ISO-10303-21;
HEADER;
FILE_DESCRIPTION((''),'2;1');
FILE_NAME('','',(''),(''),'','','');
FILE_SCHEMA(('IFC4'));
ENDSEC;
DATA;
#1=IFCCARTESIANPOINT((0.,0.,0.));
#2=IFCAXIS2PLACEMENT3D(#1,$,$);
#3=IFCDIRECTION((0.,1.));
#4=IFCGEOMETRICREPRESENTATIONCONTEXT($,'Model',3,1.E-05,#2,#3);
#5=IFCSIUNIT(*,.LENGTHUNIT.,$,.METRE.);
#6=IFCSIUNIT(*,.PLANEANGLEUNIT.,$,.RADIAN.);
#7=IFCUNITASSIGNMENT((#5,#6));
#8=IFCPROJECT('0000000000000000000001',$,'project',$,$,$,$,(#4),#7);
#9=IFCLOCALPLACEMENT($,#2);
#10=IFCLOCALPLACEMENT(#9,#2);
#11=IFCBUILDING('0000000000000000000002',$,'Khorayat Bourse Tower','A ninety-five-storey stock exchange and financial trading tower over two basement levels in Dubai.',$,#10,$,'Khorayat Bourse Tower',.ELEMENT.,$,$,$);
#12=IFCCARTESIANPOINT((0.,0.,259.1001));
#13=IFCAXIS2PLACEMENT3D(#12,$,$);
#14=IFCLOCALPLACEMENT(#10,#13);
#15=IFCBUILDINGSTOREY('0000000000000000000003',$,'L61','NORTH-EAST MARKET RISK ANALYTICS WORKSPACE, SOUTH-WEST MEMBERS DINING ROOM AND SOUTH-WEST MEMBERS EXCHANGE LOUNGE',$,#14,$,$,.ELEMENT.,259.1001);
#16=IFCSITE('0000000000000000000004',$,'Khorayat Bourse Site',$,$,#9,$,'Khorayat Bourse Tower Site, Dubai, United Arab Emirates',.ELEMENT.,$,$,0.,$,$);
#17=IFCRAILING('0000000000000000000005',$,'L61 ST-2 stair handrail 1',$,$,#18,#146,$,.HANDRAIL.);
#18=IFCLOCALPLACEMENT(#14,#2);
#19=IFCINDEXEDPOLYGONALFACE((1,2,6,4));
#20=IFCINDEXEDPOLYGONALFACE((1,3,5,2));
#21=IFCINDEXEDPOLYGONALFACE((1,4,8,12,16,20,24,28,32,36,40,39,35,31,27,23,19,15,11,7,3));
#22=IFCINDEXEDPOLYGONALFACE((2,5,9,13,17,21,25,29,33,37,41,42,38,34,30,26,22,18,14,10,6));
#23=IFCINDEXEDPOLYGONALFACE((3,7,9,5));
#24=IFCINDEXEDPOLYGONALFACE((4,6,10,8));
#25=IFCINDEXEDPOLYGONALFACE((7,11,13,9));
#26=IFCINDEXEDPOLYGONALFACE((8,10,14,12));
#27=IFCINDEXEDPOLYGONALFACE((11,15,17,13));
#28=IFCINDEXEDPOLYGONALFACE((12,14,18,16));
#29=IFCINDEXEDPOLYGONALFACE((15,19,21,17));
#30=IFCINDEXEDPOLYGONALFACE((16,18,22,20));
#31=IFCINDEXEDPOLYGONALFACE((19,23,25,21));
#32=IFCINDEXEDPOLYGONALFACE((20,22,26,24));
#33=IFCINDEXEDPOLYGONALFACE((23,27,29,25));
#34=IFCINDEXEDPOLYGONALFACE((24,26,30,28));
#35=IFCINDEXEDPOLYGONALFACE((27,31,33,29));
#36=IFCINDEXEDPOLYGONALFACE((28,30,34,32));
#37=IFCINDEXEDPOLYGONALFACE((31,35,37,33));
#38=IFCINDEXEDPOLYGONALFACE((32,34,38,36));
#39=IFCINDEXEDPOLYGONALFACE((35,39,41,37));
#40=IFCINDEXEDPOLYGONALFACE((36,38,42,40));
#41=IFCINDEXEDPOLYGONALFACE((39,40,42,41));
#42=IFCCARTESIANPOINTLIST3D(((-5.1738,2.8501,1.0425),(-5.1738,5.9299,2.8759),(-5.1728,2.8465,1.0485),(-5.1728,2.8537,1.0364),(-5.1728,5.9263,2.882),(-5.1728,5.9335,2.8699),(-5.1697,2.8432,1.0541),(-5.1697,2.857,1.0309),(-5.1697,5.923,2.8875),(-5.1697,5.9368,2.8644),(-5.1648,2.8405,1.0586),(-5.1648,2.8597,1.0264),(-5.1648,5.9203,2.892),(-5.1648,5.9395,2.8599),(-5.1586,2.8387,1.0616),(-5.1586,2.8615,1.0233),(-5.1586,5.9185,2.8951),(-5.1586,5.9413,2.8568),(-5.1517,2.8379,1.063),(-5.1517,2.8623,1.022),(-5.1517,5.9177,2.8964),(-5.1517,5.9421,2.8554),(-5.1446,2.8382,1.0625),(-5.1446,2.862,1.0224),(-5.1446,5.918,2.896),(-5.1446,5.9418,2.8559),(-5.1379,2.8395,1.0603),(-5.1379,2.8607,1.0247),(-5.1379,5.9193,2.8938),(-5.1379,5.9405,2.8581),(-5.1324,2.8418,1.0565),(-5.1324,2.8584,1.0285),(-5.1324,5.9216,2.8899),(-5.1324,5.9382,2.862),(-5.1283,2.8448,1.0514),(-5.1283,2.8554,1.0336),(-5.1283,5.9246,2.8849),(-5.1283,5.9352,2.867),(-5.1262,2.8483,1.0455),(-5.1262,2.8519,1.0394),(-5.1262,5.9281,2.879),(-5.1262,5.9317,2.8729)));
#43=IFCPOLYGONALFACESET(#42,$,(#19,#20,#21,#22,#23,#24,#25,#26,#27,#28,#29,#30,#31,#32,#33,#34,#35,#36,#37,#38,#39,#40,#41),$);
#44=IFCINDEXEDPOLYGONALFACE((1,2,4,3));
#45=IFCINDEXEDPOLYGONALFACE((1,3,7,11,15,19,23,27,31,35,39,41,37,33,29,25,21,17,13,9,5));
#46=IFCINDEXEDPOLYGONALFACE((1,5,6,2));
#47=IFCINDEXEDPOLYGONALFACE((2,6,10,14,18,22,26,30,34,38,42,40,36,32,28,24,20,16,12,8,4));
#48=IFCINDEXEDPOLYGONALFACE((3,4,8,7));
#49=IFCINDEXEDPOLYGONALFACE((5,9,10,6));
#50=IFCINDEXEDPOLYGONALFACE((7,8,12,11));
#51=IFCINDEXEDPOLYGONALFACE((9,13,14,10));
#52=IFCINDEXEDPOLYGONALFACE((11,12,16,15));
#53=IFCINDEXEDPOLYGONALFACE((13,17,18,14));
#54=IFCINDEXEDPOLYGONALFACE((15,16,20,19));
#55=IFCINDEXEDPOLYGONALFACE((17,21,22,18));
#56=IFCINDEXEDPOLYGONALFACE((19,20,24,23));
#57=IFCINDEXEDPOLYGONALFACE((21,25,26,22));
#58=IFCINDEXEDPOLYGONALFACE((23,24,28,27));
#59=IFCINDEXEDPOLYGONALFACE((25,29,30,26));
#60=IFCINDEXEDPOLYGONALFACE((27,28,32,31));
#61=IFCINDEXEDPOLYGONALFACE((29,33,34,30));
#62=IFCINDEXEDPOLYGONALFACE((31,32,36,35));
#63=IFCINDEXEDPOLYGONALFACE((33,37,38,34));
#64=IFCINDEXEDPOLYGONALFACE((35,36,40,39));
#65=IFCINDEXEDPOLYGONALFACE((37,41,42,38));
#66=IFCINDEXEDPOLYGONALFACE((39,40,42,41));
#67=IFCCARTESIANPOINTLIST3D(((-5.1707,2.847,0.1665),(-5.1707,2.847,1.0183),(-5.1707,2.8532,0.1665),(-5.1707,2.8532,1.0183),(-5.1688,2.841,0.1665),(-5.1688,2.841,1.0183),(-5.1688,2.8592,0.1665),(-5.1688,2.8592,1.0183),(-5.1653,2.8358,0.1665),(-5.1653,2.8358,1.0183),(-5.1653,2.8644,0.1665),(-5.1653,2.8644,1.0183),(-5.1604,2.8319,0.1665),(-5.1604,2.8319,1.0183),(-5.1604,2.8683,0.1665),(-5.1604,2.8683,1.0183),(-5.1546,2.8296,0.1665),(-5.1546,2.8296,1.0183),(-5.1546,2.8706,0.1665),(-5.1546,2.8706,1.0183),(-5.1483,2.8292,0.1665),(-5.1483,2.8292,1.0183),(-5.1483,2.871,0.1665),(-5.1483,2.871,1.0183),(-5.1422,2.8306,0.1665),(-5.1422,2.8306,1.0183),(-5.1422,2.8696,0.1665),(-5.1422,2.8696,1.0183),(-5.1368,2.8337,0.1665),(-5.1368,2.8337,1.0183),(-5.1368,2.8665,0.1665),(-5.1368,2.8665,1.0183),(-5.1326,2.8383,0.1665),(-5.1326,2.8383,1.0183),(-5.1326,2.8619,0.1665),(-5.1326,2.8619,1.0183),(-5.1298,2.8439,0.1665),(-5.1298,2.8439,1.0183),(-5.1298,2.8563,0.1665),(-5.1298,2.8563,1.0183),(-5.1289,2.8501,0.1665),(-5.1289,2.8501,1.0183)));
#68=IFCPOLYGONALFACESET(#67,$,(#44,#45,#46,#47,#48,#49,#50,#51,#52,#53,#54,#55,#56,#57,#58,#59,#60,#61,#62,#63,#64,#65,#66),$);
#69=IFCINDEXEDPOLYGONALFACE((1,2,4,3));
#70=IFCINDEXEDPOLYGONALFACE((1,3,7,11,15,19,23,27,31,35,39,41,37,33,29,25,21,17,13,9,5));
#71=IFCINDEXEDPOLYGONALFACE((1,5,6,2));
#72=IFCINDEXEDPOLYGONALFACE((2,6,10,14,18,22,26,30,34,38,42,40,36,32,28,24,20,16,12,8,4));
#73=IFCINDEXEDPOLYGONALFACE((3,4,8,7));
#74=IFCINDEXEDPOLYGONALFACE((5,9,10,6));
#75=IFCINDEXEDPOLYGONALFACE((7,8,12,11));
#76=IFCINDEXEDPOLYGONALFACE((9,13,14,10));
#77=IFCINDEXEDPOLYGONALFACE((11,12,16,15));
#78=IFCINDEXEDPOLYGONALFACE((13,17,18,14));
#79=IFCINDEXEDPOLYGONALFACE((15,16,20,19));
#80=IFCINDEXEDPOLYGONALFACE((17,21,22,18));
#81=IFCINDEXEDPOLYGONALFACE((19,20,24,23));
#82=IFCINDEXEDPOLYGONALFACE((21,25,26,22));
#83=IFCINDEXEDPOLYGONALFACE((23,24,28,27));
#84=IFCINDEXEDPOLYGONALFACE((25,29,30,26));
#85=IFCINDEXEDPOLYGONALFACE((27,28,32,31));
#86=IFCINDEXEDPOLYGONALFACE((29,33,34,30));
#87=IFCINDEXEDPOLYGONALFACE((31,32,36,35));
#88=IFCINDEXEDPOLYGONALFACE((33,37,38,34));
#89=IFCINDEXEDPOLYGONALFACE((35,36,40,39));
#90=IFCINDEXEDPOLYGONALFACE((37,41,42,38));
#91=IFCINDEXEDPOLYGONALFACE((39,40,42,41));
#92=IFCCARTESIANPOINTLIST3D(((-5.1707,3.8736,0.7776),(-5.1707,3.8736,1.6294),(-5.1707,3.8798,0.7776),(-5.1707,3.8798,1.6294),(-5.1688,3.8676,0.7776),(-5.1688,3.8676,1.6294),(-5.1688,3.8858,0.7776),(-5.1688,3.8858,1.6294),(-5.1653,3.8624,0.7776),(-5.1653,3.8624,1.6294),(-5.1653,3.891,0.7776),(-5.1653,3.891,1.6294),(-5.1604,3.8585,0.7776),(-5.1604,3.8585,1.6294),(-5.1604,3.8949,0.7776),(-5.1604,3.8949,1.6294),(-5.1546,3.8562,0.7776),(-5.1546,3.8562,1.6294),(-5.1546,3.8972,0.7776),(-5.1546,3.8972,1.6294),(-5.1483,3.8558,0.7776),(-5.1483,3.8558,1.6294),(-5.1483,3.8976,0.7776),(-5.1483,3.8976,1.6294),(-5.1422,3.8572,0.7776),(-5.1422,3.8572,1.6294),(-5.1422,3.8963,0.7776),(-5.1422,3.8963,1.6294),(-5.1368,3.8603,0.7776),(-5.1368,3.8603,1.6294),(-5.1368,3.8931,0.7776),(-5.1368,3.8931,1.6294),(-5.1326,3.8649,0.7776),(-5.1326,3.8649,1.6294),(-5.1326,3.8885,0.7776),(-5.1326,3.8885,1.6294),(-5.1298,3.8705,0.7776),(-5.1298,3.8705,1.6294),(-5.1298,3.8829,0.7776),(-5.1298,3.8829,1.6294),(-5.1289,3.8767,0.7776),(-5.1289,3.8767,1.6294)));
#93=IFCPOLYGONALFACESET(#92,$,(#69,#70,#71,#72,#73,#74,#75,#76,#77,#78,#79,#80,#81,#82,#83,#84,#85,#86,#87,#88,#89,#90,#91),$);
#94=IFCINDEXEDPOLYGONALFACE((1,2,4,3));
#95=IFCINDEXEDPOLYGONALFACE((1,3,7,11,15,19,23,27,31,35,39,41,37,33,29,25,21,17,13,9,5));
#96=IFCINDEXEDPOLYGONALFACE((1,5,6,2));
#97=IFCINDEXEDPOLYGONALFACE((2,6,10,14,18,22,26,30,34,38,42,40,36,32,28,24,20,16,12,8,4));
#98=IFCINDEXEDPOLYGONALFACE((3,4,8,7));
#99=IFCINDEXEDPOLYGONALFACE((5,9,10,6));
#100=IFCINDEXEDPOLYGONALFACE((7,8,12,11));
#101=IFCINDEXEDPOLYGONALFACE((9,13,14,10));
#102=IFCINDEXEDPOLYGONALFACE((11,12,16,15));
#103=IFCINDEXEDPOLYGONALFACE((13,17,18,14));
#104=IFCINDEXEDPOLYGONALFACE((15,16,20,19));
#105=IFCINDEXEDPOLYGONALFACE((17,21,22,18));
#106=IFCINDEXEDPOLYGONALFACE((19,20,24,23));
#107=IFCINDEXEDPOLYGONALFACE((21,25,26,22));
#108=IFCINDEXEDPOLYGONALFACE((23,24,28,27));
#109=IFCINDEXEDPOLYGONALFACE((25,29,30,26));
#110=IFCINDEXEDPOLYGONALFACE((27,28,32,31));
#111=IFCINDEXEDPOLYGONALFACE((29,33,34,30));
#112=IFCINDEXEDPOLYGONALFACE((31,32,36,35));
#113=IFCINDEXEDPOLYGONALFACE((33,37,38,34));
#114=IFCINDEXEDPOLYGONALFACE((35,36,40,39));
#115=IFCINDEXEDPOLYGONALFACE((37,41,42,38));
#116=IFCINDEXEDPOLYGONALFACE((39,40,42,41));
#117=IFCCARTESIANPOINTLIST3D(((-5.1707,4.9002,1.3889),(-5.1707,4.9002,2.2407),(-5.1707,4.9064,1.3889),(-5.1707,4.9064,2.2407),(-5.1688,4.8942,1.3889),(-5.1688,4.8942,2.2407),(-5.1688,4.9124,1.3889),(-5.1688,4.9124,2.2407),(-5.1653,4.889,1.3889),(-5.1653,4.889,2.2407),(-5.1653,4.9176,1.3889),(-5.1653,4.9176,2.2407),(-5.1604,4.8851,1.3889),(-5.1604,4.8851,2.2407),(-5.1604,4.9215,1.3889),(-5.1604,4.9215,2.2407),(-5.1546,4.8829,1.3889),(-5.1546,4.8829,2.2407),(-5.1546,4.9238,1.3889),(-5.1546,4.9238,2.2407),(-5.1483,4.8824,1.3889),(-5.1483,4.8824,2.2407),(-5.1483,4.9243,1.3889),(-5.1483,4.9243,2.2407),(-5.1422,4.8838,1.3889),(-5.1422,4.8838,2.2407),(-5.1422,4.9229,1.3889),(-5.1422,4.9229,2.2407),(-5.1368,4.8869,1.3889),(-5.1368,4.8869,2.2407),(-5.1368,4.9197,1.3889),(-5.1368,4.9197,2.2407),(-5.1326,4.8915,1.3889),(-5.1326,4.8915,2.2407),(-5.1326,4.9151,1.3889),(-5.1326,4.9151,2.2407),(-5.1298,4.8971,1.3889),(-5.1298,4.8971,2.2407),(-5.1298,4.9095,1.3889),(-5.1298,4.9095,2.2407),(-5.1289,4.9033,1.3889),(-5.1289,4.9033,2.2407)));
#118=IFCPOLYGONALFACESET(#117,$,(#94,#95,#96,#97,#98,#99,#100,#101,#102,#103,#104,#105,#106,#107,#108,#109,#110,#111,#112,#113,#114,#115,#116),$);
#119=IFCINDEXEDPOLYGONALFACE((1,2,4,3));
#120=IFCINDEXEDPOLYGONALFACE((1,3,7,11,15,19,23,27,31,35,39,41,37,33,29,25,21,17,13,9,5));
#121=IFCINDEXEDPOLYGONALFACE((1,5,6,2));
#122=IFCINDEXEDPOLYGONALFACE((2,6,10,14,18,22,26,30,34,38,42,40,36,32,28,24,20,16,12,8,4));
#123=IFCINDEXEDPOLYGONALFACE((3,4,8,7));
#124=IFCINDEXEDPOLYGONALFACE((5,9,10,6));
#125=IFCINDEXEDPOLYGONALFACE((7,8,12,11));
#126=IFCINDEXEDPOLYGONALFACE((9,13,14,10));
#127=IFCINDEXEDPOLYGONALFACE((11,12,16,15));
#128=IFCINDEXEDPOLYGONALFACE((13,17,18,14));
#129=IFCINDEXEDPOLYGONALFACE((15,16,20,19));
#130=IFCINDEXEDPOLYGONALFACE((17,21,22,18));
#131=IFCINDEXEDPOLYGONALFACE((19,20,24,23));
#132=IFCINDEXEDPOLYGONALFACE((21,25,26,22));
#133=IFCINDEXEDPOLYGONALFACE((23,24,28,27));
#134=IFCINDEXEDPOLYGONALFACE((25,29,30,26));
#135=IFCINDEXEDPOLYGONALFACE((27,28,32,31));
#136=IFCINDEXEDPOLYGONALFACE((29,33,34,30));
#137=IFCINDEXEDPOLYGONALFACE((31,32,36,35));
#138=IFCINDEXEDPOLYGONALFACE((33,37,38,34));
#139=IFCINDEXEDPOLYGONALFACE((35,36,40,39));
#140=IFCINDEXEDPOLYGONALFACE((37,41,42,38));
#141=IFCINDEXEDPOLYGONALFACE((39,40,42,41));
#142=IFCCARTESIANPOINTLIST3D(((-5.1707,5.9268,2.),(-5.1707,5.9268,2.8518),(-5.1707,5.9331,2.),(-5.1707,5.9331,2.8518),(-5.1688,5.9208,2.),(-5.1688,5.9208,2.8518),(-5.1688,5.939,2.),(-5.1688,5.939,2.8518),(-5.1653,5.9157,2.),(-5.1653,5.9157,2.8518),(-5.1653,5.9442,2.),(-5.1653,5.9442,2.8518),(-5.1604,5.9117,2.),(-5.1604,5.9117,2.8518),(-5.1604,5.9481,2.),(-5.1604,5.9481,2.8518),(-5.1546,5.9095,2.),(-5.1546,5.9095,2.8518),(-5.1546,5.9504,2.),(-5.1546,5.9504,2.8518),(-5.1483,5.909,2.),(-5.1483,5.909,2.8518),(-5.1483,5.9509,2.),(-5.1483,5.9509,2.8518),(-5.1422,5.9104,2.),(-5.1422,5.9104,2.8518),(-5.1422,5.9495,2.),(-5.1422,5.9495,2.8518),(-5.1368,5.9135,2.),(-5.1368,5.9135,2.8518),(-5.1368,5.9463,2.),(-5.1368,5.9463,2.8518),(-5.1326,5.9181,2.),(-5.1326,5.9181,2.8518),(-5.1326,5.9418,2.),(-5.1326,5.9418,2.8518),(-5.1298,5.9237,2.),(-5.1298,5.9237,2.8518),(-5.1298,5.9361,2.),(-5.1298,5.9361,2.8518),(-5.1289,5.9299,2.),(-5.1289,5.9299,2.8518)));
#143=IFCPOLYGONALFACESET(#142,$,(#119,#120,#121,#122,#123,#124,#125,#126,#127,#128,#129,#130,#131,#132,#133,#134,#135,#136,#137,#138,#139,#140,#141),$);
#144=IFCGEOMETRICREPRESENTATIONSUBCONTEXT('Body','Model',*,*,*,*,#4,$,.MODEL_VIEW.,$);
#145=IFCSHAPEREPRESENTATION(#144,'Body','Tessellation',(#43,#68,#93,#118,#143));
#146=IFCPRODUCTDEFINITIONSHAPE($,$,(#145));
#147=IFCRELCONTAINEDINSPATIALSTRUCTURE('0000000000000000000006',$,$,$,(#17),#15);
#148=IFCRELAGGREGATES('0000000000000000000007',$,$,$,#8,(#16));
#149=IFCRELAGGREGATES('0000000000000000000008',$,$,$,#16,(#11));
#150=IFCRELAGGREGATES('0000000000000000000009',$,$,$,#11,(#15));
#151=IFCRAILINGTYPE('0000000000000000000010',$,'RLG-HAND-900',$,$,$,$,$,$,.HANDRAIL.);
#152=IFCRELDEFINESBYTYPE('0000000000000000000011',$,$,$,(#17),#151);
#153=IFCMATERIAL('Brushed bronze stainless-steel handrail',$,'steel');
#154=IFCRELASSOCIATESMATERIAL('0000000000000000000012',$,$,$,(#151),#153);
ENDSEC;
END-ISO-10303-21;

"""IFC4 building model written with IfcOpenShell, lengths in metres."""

from ifc_helpers import new_model, si_unit, direction, frame, origin, origin_2d, place, context, subcontext, project, spatial, circle, extrude, source, transform, mapped, material, type_object, element, save


model = new_model("IFC4")

# Units and contexts
model_context = context("Model", 3, precision=1e-05, world=origin(), true_north=direction((0.0, 1.0)))
body_context = subcontext(model_context, "Body", "Model", "MODEL_VIEW")
ifc_project = project(units=[si_unit("LENGTHUNIT", "METRE"), si_unit("PLANEANGLEUNIT", "RADIAN")], contexts=[model_context])

# Site, building, storey
site_placement = place(None, origin())
site = spatial("IfcSite", under=ifc_project, at=site_placement, Name="Khorayat Bourse Site", LongName="Khorayat Bourse Tower Site, Dubai, United Arab Emirates", CompositionType="ELEMENT", RefElevation=0.0)
building_placement = place(site_placement, origin())
building = spatial("IfcBuilding", under=site, at=building_placement, Name="Khorayat Bourse Tower", Description="A ninety-five-storey stock exchange and financial trading tower over two basement levels in Dubai.", LongName="Khorayat Bourse Tower", CompositionType="ELEMENT")
storey_placement = place(building_placement, frame((0.0, 0.0, 259.1001)))
storey = spatial("IfcBuildingStorey", under=building, at=storey_placement, Name="L61", Description="NORTH-EAST MARKET RISK ANALYTICS WORKSPACE, SOUTH-WEST MEMBERS DINING ROOM AND SOUTH-WEST MEMBERS EXCHANGE LOUNGE", CompositionType="ELEMENT", Elevation=259.1001)

# Railing
ifc_material_1 = material(Name="Brushed bronze stainless-steel handrail", Category="steel")
railing_type_1 = type_object("IfcRailingType", Name="RLG-HAND-900", PredefinedType="HANDRAIL", material=ifc_material_1)
shared_shape_1 = source(origin(), body_context, "Body", "SweptSolid", [
    extrude(circle(Radius=0.0239, at=origin_2d()), frame((0.0, 0.0, 0.876), z_axis=(0.0, 0.859261, 0.511538), x_axis=(-1.0, 0.0, 0.0)), (0.0, 0.0, 1.0), 3.5842),
    extrude(circle(Radius=0.021, at=origin_2d()), origin(), (0.0, 0.0, 1.0), 0.8518),
    extrude(circle(Radius=0.021, at=origin_2d()), frame((0.0, 1.0266, 0.6111)), (0.0, 0.0, 1.0), 0.8518),
    extrude(circle(Radius=0.021, at=origin_2d()), frame((0.0, 2.0532, 1.2224)), (0.0, 0.0, 1.0), 0.8518),
    extrude(circle(Radius=0.021, at=origin_2d()), frame((0.0, 3.0798, 1.8335)), (0.0, 0.0, 1.0), 0.8518),
])
railing_1_placement = place(storey_placement, frame((-5.1499, 2.8501, 0.1665)))
element("IfcRailing", 1, at=railing_1_placement, inside=storey, type_object=railing_type_1, Name="L61 ST-2 stair handrail 1", PredefinedType="HANDRAIL", context=body_context, shape_type="MappedRepresentation", body=[
    mapped(shared_shape_1, transform((0.0, 0.0, 0.0), scale=1.0)),
])

save(model, "model.ifc")
